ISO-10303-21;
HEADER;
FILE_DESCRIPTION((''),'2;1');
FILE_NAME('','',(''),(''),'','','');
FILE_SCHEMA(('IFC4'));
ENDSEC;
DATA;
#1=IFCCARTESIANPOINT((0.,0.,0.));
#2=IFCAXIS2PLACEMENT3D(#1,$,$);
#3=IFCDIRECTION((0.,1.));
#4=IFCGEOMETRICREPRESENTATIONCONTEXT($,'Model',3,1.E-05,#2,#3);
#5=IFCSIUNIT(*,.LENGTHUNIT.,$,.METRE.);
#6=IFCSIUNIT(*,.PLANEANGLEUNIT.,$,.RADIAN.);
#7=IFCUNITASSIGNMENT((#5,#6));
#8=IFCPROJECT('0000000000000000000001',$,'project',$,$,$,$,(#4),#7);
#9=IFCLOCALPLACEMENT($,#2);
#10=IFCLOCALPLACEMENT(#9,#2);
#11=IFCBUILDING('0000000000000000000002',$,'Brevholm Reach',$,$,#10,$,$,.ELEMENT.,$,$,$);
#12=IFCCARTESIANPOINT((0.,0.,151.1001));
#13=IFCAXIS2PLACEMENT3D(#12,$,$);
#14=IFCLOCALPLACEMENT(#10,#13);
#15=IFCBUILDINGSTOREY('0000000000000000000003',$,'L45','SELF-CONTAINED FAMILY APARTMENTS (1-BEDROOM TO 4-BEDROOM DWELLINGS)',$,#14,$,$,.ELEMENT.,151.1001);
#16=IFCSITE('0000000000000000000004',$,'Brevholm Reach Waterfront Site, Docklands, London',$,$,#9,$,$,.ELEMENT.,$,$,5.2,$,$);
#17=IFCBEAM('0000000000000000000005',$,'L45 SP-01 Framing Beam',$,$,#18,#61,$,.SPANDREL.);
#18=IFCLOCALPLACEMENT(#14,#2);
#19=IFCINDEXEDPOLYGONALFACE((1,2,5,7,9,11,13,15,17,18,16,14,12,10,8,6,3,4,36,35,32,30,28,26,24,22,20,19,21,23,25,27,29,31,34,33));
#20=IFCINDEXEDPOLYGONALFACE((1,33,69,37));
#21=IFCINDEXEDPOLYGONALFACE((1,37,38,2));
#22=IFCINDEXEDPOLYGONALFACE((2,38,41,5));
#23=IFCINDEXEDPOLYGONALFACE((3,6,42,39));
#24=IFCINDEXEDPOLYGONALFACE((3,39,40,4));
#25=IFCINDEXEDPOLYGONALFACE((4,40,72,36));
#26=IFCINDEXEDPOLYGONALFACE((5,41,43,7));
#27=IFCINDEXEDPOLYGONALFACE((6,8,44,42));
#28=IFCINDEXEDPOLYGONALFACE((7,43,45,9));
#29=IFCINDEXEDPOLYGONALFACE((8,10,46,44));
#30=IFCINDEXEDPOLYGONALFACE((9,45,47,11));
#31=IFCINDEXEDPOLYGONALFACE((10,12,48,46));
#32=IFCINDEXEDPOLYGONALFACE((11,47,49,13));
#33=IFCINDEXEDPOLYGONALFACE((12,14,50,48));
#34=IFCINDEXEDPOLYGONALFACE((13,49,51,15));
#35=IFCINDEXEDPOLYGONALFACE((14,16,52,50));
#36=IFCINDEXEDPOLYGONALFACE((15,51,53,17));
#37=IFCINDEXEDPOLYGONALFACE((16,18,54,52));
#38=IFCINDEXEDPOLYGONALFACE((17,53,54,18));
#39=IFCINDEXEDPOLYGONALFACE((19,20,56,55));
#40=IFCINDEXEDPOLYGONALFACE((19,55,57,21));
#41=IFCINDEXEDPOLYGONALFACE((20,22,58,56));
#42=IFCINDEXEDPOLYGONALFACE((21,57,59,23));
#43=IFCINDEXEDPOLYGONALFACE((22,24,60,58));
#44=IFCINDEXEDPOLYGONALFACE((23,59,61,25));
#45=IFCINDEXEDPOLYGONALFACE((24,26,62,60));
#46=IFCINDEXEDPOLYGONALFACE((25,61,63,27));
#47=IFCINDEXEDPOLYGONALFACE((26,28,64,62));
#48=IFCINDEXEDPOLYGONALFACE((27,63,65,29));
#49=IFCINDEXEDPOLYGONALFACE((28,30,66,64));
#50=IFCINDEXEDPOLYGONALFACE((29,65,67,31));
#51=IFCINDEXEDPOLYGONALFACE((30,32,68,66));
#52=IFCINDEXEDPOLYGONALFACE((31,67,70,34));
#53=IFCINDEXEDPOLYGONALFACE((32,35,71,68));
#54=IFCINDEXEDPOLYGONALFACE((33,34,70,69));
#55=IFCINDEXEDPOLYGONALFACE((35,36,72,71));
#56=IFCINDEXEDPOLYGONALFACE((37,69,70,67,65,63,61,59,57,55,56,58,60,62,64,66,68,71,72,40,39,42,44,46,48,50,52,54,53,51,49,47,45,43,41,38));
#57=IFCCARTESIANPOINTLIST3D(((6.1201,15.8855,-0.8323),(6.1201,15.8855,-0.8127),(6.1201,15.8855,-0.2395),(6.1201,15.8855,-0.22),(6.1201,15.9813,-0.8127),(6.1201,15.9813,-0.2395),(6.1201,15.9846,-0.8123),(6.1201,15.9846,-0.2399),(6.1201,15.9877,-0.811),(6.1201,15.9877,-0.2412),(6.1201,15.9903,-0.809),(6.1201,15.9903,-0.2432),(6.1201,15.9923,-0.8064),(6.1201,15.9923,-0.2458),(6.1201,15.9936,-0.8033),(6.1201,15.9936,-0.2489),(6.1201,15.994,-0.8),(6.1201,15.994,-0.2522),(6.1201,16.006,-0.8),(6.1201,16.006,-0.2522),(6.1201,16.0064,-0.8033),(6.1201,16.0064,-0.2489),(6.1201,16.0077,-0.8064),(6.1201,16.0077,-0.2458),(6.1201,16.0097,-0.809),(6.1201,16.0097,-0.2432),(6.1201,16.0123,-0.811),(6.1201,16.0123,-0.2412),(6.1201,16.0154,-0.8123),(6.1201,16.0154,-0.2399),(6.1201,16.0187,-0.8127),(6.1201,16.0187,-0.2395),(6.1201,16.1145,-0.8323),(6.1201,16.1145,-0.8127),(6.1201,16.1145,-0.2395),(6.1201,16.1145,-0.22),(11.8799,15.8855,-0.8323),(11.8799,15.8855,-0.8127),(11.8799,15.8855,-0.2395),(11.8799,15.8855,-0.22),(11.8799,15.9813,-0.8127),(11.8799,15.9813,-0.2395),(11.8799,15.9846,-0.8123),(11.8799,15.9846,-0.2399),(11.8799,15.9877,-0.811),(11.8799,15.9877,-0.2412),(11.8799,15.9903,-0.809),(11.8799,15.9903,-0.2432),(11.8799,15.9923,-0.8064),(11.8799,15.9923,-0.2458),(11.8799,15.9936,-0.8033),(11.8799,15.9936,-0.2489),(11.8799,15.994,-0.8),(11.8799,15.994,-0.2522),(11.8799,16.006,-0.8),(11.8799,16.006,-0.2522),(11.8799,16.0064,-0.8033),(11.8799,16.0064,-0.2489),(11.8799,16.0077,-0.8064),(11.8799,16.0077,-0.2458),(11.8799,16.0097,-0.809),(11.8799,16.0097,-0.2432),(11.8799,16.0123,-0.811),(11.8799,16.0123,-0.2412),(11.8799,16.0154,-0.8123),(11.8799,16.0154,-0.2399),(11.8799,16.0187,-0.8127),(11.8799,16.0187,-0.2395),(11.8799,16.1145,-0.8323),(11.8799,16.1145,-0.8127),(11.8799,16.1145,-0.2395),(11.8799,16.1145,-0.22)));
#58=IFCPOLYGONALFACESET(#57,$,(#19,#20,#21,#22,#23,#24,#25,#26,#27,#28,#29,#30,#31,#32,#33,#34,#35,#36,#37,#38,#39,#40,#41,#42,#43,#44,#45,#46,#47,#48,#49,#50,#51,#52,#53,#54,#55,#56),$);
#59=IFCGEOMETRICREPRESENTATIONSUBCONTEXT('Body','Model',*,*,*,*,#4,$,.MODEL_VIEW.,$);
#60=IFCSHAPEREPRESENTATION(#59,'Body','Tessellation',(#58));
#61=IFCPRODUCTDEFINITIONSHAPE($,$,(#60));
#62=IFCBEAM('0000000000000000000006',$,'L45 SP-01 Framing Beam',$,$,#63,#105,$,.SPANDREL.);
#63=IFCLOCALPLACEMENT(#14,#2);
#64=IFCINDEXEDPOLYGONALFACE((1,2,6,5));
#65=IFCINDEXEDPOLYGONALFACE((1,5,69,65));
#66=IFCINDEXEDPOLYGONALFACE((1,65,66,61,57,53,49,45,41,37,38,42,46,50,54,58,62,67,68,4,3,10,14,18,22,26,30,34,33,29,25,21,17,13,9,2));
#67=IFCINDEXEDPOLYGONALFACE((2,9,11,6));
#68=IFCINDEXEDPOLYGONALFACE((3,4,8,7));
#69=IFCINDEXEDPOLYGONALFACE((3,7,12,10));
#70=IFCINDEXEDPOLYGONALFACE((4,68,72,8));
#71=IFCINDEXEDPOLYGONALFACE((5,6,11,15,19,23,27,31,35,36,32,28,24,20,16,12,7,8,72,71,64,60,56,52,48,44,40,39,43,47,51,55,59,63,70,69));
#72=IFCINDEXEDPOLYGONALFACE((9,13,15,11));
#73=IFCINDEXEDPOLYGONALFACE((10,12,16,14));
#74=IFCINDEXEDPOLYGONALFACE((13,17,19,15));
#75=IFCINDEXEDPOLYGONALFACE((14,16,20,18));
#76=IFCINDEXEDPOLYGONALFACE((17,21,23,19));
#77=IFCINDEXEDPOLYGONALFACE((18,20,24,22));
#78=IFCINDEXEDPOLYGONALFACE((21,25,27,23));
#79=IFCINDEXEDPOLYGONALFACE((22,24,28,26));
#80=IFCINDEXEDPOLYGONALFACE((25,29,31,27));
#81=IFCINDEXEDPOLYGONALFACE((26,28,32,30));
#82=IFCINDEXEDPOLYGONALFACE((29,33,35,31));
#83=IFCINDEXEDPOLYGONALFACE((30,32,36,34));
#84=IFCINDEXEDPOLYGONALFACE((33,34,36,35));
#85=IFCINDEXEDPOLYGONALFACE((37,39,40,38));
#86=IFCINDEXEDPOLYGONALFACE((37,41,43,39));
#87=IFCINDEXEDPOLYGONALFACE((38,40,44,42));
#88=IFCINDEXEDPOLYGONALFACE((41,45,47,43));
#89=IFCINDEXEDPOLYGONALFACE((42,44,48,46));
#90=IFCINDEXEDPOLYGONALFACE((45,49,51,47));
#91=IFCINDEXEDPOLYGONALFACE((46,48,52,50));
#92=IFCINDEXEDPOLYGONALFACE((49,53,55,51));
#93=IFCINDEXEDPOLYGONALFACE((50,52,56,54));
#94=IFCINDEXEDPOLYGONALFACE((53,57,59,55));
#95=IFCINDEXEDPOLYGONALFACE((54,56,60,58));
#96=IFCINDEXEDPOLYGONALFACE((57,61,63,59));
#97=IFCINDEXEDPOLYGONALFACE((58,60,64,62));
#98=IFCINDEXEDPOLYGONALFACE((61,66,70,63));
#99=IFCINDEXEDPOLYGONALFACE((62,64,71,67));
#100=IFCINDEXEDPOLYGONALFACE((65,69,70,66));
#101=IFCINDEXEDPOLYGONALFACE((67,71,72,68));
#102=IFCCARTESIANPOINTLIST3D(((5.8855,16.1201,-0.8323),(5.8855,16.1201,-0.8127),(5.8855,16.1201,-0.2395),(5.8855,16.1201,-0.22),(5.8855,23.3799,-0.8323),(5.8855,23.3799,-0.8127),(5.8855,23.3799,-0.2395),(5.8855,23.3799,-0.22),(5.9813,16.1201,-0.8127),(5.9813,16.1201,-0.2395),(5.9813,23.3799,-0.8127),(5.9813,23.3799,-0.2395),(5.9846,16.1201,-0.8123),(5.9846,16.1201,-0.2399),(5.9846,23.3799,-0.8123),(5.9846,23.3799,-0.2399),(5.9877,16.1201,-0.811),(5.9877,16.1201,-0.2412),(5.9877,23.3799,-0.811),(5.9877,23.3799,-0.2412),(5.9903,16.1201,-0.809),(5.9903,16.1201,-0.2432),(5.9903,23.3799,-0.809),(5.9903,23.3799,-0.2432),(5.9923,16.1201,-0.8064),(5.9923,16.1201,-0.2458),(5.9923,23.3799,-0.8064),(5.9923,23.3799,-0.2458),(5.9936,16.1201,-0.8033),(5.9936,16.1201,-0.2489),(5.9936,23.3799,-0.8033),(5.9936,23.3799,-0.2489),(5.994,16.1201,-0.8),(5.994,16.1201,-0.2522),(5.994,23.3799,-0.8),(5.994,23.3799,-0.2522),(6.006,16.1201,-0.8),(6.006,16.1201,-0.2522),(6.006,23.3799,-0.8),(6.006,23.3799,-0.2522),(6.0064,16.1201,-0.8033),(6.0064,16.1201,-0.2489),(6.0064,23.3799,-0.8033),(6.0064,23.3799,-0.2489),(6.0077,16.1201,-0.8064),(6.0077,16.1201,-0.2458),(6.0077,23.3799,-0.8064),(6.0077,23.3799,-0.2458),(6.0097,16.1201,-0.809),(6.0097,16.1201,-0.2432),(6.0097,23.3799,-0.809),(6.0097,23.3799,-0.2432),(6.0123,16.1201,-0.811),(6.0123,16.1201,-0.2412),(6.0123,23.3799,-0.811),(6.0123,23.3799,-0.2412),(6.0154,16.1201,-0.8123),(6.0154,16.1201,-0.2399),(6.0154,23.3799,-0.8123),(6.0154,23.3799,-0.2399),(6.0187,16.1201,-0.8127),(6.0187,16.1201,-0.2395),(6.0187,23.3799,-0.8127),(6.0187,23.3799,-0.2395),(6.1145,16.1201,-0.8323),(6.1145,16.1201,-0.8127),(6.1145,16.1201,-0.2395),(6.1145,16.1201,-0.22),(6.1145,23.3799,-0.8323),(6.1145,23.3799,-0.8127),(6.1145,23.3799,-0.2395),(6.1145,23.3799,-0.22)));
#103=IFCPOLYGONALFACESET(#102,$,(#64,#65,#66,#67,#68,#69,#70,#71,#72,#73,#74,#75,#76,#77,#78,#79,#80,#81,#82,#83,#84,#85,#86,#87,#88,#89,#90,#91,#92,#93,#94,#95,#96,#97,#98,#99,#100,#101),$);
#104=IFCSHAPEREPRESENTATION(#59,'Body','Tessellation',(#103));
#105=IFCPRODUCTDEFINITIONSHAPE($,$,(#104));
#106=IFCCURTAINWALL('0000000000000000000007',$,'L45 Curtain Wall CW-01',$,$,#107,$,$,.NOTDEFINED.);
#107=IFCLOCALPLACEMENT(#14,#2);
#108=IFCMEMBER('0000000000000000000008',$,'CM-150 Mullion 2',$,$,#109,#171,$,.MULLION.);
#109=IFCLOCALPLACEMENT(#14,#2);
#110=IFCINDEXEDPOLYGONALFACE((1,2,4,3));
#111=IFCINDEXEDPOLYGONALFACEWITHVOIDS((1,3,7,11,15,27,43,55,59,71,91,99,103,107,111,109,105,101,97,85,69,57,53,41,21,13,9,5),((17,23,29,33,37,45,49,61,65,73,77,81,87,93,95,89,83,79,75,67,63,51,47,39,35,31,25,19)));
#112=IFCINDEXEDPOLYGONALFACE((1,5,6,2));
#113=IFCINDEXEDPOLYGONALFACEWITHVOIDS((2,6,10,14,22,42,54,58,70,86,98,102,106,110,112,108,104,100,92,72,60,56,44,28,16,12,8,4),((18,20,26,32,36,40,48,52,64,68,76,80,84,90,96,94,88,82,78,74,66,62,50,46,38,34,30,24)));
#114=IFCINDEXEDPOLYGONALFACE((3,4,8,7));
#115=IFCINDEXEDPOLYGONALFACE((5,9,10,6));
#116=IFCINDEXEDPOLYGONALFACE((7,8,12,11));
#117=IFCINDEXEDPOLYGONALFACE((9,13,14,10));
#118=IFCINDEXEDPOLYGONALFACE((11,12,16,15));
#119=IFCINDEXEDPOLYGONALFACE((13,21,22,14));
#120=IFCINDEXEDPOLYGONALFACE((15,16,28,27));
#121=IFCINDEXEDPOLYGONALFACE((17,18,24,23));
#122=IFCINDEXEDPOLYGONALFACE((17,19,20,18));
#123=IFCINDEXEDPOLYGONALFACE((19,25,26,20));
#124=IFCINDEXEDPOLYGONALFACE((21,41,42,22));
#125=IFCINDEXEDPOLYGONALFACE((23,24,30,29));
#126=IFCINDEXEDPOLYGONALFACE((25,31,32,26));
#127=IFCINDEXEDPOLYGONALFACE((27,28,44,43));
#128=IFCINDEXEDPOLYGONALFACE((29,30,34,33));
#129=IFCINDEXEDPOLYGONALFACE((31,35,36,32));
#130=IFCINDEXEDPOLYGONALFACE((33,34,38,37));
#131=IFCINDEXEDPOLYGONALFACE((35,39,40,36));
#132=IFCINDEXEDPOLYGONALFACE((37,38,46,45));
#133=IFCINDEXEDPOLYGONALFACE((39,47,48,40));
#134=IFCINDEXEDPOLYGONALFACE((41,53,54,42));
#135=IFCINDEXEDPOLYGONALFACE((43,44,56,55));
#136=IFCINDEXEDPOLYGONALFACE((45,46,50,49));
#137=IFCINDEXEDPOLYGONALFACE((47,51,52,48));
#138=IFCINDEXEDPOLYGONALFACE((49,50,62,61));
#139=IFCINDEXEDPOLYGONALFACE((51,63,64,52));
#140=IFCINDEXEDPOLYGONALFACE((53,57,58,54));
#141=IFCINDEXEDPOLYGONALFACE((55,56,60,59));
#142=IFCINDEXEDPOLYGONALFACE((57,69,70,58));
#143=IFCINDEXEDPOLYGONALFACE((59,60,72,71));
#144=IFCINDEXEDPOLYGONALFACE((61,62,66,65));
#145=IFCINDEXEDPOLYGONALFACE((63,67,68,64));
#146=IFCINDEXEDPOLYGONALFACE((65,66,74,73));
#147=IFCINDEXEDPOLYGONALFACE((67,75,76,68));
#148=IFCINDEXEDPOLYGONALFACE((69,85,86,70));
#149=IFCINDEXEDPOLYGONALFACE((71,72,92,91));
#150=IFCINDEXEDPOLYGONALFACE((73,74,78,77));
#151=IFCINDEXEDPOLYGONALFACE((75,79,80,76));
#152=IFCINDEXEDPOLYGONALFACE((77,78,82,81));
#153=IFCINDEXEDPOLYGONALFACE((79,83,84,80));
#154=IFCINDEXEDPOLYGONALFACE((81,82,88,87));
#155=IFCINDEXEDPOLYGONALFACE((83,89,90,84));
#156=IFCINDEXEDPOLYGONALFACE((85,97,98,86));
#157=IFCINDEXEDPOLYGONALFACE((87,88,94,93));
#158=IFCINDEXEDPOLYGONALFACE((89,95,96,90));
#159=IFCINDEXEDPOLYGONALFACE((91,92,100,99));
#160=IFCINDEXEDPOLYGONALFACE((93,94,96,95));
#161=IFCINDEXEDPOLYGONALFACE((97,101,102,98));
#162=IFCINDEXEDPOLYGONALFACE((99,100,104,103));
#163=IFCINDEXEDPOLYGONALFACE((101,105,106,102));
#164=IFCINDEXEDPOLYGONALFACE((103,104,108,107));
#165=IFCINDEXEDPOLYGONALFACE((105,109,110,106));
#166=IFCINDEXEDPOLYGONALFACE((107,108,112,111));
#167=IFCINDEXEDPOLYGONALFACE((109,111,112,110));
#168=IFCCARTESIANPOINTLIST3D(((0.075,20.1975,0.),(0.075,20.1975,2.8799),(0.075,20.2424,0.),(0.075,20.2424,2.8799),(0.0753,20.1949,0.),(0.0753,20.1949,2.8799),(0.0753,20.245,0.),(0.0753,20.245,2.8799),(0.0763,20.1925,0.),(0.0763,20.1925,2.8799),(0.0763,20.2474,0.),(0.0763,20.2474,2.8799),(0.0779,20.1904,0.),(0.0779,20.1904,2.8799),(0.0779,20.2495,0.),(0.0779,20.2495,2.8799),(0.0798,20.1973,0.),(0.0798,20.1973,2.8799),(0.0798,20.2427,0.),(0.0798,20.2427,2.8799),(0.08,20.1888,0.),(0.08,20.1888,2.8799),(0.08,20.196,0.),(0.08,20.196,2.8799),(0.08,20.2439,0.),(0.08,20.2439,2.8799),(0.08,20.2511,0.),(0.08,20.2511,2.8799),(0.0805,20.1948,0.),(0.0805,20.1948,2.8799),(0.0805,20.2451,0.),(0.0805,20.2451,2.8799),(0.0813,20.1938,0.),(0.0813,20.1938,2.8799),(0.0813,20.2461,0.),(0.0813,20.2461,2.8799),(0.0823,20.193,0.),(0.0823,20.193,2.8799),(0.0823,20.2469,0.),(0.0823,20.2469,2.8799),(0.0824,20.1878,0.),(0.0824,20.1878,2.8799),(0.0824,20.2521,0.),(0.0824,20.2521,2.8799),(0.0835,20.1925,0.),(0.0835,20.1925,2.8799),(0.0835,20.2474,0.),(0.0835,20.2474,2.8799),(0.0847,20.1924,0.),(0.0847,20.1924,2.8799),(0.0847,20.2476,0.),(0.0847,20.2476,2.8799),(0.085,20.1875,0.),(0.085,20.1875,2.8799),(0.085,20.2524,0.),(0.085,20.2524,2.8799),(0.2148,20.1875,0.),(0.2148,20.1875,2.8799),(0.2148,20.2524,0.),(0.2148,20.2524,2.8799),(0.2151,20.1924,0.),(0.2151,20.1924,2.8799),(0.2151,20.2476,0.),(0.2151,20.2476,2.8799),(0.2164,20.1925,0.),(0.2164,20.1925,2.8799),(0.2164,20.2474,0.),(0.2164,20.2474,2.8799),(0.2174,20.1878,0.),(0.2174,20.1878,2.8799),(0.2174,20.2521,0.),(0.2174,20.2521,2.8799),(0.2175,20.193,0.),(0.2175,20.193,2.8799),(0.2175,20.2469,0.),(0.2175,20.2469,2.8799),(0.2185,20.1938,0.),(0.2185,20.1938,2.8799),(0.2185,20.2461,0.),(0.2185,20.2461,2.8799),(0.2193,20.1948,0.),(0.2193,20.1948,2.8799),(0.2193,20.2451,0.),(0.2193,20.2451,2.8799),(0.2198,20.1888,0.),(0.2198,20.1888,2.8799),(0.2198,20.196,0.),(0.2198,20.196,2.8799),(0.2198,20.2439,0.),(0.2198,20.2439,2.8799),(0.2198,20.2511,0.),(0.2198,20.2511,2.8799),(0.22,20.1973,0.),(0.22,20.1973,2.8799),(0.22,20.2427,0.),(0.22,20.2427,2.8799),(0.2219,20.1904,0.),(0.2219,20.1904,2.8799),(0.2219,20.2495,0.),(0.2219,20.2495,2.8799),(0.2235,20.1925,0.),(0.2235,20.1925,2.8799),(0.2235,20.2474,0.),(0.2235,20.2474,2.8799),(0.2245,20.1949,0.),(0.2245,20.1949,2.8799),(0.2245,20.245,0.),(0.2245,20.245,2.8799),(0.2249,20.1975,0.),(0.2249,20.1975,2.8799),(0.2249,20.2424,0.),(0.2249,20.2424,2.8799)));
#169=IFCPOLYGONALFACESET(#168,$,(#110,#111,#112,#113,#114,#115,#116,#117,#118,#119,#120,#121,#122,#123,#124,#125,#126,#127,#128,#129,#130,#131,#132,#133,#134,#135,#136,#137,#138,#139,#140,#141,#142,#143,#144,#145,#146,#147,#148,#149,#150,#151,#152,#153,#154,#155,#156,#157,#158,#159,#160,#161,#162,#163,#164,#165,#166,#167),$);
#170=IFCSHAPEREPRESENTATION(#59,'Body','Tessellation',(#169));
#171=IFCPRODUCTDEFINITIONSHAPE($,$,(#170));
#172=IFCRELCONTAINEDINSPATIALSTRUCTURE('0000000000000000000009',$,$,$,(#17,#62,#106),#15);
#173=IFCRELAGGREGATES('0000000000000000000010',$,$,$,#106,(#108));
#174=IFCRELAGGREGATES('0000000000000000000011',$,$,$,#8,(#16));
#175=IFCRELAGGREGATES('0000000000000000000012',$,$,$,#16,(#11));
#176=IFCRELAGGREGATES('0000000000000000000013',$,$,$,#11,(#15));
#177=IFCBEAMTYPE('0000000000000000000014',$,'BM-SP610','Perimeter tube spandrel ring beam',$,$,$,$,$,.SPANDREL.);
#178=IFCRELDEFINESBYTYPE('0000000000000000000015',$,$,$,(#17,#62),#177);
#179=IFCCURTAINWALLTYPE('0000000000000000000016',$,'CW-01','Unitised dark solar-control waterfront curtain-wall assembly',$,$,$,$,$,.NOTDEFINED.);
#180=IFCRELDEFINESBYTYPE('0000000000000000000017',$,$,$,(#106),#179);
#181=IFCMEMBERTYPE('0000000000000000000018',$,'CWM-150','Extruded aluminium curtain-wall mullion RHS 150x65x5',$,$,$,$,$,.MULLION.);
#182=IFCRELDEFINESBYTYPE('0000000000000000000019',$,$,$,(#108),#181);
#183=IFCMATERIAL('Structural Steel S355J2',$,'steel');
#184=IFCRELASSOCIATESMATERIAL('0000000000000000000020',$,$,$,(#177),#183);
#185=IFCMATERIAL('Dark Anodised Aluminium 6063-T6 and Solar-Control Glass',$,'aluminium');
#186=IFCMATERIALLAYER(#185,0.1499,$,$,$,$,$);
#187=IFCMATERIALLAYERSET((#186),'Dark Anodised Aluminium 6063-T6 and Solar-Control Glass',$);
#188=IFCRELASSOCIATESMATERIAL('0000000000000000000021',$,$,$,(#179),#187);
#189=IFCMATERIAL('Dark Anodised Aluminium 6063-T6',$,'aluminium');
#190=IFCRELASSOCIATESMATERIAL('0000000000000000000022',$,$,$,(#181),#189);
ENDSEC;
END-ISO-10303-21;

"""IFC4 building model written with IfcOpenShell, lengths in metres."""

from ifc_helpers import new_model, si_unit, direction, frame, origin, origin_2d, place, context, subcontext, project, spatial, hollow_rectangle, i_section, extrude, material, layer, layer_set, material_profile, profile_set, type_object, element, aggregate, save


model = new_model("IFC4")

# Units and contexts
model_context = context("Model", 3, precision=1e-05, world=origin(), true_north=direction((0.0, 1.0)))
body_context = subcontext(model_context, "Body", "Model", "MODEL_VIEW")
ifc_project = project(units=[si_unit("LENGTHUNIT", "METRE"), si_unit("PLANEANGLEUNIT", "RADIAN")], contexts=[model_context])

# Site, building, storey
site_placement = place(None, origin())
site = spatial("IfcSite", under=ifc_project, at=site_placement, Name="Brevholm Reach Waterfront Site, Docklands, London", CompositionType="ELEMENT", RefElevation=5.2)
building_placement = place(site_placement, origin())
building = spatial("IfcBuilding", under=site, at=building_placement, Name="Brevholm Reach", CompositionType="ELEMENT")
storey_placement = place(building_placement, frame((0.0, 0.0, 151.1001)))
storey = spatial("IfcBuildingStorey", under=building, at=storey_placement, Name="L45", Description="SELF-CONTAINED FAMILY APARTMENTS (1-BEDROOM TO 4-BEDROOM DWELLINGS)", CompositionType="ELEMENT", Elevation=151.1001)

# Beams
ifc_material_1 = material(Name="Structural Steel S355J2", Category="steel")
ifc_material_profile_1 = material_profile(ifc_material_1, i_section(OverallWidth=0.229, OverallDepth=0.6123, WebThickness=0.012, FlangeThickness=0.0195, FilletRadius=0.0127, at=origin_2d()), Name="UKB 610x229x125")
ifc_profile_set_1 = profile_set([ifc_material_profile_1], Name="Structural Steel S355J2")
beam_type_1 = type_object("IfcBeamType", Name="BM-SP610", Description="Perimeter tube spandrel ring beam", PredefinedType="SPANDREL", material=ifc_profile_set_1)
beam_1_placement = place(storey_placement, frame((6.1201, 16.0, -0.5261), z_axis=(1.0, 0.0, 0.0), x_axis=(0.0, 1.0, 0.0)))
element("IfcBeam", 1, at=beam_1_placement, inside=storey, type_object=beam_type_1, Name="L45 SP-01 Framing Beam", PredefinedType="SPANDREL", context=body_context, shape_type="SweptSolid", body=[
    extrude(i_section(OverallWidth=0.229, OverallDepth=0.6123, WebThickness=0.012, FlangeThickness=0.0195, FilletRadius=0.0127, at=origin_2d()), origin(), (0.0, 0.0, 1.0), 5.7598),
])
beam_2_placement = place(storey_placement, frame((6.0, 16.1201, -0.5261), z_axis=(0.0, 1.0, 0.0), x_axis=(-1.0, 0.0, 0.0)))
element("IfcBeam", 2, at=beam_2_placement, inside=storey, type_object=beam_type_1, Name="L45 SP-01 Framing Beam", PredefinedType="SPANDREL", context=body_context, shape_type="SweptSolid", body=[
    extrude(i_section(OverallWidth=0.229, OverallDepth=0.6123, WebThickness=0.012, FlangeThickness=0.0195, FilletRadius=0.0127, at=origin_2d()), origin(), (0.0, 0.0, 1.0), 7.2598),
])

# Curtain wall, member
ifc_material_2 = material(Name="Dark Anodised Aluminium 6063-T6 and Solar-Control Glass", Category="aluminium")
ifc_layer_1 = layer(ifc_material_2, 0.1499)
ifc_layer_set_1 = layer_set([ifc_layer_1], Name="Dark Anodised Aluminium 6063-T6 and Solar-Control Glass")
curtain_wall_type = type_object("IfcCurtainWallType", Name="CW-01", Description="Unitised dark solar-control waterfront curtain-wall assembly", PredefinedType="NOTDEFINED", material=ifc_layer_set_1)
curtain_wall_placement = place(storey_placement, origin())
curtain_wall = element("IfcCurtainWall", 3, at=curtain_wall_placement, inside=storey, type_object=curtain_wall_type, Name="L45 Curtain Wall CW-01", PredefinedType="NOTDEFINED")
ifc_material_3 = material(Name="Dark Anodised Aluminium 6063-T6", Category="aluminium")
ifc_material_profile_2 = material_profile(ifc_material_3, hollow_rectangle(XDim=0.0649, YDim=0.1499, WallThickness=0.0049, InnerFilletRadius=0.0049, OuterFilletRadius=0.01, at=origin_2d()), Name="RHS 150x65x5")
ifc_profile_set_2 = profile_set([ifc_material_profile_2], Name="Dark Anodised Aluminium 6063-T6")
member_type_1 = type_object("IfcMemberType", Name="CWM-150", Description="Extruded aluminium curtain-wall mullion RHS 150x65x5", PredefinedType="MULLION", material=ifc_profile_set_2)
member_1_placement = place(storey_placement, frame((0.1499, 20.22, 0.0), z_axis=(0.0, 0.0, 1.0), x_axis=(0.0, -1.0, 0.0)))
member_1 = element("IfcMember", 4, at=member_1_placement, type_object=member_type_1, Name="CM-150 Mullion 2", PredefinedType="MULLION", context=body_context, shape_type="SweptSolid", body=[
    extrude(hollow_rectangle(XDim=0.0649, YDim=0.1499, WallThickness=0.0049, InnerFilletRadius=0.0049, OuterFilletRadius=0.01, at=origin_2d()), origin(), (0.0, 0.0, 1.0), 2.8799),
])
aggregate(curtain_wall, [member_1])

save(model, "model.ifc")
